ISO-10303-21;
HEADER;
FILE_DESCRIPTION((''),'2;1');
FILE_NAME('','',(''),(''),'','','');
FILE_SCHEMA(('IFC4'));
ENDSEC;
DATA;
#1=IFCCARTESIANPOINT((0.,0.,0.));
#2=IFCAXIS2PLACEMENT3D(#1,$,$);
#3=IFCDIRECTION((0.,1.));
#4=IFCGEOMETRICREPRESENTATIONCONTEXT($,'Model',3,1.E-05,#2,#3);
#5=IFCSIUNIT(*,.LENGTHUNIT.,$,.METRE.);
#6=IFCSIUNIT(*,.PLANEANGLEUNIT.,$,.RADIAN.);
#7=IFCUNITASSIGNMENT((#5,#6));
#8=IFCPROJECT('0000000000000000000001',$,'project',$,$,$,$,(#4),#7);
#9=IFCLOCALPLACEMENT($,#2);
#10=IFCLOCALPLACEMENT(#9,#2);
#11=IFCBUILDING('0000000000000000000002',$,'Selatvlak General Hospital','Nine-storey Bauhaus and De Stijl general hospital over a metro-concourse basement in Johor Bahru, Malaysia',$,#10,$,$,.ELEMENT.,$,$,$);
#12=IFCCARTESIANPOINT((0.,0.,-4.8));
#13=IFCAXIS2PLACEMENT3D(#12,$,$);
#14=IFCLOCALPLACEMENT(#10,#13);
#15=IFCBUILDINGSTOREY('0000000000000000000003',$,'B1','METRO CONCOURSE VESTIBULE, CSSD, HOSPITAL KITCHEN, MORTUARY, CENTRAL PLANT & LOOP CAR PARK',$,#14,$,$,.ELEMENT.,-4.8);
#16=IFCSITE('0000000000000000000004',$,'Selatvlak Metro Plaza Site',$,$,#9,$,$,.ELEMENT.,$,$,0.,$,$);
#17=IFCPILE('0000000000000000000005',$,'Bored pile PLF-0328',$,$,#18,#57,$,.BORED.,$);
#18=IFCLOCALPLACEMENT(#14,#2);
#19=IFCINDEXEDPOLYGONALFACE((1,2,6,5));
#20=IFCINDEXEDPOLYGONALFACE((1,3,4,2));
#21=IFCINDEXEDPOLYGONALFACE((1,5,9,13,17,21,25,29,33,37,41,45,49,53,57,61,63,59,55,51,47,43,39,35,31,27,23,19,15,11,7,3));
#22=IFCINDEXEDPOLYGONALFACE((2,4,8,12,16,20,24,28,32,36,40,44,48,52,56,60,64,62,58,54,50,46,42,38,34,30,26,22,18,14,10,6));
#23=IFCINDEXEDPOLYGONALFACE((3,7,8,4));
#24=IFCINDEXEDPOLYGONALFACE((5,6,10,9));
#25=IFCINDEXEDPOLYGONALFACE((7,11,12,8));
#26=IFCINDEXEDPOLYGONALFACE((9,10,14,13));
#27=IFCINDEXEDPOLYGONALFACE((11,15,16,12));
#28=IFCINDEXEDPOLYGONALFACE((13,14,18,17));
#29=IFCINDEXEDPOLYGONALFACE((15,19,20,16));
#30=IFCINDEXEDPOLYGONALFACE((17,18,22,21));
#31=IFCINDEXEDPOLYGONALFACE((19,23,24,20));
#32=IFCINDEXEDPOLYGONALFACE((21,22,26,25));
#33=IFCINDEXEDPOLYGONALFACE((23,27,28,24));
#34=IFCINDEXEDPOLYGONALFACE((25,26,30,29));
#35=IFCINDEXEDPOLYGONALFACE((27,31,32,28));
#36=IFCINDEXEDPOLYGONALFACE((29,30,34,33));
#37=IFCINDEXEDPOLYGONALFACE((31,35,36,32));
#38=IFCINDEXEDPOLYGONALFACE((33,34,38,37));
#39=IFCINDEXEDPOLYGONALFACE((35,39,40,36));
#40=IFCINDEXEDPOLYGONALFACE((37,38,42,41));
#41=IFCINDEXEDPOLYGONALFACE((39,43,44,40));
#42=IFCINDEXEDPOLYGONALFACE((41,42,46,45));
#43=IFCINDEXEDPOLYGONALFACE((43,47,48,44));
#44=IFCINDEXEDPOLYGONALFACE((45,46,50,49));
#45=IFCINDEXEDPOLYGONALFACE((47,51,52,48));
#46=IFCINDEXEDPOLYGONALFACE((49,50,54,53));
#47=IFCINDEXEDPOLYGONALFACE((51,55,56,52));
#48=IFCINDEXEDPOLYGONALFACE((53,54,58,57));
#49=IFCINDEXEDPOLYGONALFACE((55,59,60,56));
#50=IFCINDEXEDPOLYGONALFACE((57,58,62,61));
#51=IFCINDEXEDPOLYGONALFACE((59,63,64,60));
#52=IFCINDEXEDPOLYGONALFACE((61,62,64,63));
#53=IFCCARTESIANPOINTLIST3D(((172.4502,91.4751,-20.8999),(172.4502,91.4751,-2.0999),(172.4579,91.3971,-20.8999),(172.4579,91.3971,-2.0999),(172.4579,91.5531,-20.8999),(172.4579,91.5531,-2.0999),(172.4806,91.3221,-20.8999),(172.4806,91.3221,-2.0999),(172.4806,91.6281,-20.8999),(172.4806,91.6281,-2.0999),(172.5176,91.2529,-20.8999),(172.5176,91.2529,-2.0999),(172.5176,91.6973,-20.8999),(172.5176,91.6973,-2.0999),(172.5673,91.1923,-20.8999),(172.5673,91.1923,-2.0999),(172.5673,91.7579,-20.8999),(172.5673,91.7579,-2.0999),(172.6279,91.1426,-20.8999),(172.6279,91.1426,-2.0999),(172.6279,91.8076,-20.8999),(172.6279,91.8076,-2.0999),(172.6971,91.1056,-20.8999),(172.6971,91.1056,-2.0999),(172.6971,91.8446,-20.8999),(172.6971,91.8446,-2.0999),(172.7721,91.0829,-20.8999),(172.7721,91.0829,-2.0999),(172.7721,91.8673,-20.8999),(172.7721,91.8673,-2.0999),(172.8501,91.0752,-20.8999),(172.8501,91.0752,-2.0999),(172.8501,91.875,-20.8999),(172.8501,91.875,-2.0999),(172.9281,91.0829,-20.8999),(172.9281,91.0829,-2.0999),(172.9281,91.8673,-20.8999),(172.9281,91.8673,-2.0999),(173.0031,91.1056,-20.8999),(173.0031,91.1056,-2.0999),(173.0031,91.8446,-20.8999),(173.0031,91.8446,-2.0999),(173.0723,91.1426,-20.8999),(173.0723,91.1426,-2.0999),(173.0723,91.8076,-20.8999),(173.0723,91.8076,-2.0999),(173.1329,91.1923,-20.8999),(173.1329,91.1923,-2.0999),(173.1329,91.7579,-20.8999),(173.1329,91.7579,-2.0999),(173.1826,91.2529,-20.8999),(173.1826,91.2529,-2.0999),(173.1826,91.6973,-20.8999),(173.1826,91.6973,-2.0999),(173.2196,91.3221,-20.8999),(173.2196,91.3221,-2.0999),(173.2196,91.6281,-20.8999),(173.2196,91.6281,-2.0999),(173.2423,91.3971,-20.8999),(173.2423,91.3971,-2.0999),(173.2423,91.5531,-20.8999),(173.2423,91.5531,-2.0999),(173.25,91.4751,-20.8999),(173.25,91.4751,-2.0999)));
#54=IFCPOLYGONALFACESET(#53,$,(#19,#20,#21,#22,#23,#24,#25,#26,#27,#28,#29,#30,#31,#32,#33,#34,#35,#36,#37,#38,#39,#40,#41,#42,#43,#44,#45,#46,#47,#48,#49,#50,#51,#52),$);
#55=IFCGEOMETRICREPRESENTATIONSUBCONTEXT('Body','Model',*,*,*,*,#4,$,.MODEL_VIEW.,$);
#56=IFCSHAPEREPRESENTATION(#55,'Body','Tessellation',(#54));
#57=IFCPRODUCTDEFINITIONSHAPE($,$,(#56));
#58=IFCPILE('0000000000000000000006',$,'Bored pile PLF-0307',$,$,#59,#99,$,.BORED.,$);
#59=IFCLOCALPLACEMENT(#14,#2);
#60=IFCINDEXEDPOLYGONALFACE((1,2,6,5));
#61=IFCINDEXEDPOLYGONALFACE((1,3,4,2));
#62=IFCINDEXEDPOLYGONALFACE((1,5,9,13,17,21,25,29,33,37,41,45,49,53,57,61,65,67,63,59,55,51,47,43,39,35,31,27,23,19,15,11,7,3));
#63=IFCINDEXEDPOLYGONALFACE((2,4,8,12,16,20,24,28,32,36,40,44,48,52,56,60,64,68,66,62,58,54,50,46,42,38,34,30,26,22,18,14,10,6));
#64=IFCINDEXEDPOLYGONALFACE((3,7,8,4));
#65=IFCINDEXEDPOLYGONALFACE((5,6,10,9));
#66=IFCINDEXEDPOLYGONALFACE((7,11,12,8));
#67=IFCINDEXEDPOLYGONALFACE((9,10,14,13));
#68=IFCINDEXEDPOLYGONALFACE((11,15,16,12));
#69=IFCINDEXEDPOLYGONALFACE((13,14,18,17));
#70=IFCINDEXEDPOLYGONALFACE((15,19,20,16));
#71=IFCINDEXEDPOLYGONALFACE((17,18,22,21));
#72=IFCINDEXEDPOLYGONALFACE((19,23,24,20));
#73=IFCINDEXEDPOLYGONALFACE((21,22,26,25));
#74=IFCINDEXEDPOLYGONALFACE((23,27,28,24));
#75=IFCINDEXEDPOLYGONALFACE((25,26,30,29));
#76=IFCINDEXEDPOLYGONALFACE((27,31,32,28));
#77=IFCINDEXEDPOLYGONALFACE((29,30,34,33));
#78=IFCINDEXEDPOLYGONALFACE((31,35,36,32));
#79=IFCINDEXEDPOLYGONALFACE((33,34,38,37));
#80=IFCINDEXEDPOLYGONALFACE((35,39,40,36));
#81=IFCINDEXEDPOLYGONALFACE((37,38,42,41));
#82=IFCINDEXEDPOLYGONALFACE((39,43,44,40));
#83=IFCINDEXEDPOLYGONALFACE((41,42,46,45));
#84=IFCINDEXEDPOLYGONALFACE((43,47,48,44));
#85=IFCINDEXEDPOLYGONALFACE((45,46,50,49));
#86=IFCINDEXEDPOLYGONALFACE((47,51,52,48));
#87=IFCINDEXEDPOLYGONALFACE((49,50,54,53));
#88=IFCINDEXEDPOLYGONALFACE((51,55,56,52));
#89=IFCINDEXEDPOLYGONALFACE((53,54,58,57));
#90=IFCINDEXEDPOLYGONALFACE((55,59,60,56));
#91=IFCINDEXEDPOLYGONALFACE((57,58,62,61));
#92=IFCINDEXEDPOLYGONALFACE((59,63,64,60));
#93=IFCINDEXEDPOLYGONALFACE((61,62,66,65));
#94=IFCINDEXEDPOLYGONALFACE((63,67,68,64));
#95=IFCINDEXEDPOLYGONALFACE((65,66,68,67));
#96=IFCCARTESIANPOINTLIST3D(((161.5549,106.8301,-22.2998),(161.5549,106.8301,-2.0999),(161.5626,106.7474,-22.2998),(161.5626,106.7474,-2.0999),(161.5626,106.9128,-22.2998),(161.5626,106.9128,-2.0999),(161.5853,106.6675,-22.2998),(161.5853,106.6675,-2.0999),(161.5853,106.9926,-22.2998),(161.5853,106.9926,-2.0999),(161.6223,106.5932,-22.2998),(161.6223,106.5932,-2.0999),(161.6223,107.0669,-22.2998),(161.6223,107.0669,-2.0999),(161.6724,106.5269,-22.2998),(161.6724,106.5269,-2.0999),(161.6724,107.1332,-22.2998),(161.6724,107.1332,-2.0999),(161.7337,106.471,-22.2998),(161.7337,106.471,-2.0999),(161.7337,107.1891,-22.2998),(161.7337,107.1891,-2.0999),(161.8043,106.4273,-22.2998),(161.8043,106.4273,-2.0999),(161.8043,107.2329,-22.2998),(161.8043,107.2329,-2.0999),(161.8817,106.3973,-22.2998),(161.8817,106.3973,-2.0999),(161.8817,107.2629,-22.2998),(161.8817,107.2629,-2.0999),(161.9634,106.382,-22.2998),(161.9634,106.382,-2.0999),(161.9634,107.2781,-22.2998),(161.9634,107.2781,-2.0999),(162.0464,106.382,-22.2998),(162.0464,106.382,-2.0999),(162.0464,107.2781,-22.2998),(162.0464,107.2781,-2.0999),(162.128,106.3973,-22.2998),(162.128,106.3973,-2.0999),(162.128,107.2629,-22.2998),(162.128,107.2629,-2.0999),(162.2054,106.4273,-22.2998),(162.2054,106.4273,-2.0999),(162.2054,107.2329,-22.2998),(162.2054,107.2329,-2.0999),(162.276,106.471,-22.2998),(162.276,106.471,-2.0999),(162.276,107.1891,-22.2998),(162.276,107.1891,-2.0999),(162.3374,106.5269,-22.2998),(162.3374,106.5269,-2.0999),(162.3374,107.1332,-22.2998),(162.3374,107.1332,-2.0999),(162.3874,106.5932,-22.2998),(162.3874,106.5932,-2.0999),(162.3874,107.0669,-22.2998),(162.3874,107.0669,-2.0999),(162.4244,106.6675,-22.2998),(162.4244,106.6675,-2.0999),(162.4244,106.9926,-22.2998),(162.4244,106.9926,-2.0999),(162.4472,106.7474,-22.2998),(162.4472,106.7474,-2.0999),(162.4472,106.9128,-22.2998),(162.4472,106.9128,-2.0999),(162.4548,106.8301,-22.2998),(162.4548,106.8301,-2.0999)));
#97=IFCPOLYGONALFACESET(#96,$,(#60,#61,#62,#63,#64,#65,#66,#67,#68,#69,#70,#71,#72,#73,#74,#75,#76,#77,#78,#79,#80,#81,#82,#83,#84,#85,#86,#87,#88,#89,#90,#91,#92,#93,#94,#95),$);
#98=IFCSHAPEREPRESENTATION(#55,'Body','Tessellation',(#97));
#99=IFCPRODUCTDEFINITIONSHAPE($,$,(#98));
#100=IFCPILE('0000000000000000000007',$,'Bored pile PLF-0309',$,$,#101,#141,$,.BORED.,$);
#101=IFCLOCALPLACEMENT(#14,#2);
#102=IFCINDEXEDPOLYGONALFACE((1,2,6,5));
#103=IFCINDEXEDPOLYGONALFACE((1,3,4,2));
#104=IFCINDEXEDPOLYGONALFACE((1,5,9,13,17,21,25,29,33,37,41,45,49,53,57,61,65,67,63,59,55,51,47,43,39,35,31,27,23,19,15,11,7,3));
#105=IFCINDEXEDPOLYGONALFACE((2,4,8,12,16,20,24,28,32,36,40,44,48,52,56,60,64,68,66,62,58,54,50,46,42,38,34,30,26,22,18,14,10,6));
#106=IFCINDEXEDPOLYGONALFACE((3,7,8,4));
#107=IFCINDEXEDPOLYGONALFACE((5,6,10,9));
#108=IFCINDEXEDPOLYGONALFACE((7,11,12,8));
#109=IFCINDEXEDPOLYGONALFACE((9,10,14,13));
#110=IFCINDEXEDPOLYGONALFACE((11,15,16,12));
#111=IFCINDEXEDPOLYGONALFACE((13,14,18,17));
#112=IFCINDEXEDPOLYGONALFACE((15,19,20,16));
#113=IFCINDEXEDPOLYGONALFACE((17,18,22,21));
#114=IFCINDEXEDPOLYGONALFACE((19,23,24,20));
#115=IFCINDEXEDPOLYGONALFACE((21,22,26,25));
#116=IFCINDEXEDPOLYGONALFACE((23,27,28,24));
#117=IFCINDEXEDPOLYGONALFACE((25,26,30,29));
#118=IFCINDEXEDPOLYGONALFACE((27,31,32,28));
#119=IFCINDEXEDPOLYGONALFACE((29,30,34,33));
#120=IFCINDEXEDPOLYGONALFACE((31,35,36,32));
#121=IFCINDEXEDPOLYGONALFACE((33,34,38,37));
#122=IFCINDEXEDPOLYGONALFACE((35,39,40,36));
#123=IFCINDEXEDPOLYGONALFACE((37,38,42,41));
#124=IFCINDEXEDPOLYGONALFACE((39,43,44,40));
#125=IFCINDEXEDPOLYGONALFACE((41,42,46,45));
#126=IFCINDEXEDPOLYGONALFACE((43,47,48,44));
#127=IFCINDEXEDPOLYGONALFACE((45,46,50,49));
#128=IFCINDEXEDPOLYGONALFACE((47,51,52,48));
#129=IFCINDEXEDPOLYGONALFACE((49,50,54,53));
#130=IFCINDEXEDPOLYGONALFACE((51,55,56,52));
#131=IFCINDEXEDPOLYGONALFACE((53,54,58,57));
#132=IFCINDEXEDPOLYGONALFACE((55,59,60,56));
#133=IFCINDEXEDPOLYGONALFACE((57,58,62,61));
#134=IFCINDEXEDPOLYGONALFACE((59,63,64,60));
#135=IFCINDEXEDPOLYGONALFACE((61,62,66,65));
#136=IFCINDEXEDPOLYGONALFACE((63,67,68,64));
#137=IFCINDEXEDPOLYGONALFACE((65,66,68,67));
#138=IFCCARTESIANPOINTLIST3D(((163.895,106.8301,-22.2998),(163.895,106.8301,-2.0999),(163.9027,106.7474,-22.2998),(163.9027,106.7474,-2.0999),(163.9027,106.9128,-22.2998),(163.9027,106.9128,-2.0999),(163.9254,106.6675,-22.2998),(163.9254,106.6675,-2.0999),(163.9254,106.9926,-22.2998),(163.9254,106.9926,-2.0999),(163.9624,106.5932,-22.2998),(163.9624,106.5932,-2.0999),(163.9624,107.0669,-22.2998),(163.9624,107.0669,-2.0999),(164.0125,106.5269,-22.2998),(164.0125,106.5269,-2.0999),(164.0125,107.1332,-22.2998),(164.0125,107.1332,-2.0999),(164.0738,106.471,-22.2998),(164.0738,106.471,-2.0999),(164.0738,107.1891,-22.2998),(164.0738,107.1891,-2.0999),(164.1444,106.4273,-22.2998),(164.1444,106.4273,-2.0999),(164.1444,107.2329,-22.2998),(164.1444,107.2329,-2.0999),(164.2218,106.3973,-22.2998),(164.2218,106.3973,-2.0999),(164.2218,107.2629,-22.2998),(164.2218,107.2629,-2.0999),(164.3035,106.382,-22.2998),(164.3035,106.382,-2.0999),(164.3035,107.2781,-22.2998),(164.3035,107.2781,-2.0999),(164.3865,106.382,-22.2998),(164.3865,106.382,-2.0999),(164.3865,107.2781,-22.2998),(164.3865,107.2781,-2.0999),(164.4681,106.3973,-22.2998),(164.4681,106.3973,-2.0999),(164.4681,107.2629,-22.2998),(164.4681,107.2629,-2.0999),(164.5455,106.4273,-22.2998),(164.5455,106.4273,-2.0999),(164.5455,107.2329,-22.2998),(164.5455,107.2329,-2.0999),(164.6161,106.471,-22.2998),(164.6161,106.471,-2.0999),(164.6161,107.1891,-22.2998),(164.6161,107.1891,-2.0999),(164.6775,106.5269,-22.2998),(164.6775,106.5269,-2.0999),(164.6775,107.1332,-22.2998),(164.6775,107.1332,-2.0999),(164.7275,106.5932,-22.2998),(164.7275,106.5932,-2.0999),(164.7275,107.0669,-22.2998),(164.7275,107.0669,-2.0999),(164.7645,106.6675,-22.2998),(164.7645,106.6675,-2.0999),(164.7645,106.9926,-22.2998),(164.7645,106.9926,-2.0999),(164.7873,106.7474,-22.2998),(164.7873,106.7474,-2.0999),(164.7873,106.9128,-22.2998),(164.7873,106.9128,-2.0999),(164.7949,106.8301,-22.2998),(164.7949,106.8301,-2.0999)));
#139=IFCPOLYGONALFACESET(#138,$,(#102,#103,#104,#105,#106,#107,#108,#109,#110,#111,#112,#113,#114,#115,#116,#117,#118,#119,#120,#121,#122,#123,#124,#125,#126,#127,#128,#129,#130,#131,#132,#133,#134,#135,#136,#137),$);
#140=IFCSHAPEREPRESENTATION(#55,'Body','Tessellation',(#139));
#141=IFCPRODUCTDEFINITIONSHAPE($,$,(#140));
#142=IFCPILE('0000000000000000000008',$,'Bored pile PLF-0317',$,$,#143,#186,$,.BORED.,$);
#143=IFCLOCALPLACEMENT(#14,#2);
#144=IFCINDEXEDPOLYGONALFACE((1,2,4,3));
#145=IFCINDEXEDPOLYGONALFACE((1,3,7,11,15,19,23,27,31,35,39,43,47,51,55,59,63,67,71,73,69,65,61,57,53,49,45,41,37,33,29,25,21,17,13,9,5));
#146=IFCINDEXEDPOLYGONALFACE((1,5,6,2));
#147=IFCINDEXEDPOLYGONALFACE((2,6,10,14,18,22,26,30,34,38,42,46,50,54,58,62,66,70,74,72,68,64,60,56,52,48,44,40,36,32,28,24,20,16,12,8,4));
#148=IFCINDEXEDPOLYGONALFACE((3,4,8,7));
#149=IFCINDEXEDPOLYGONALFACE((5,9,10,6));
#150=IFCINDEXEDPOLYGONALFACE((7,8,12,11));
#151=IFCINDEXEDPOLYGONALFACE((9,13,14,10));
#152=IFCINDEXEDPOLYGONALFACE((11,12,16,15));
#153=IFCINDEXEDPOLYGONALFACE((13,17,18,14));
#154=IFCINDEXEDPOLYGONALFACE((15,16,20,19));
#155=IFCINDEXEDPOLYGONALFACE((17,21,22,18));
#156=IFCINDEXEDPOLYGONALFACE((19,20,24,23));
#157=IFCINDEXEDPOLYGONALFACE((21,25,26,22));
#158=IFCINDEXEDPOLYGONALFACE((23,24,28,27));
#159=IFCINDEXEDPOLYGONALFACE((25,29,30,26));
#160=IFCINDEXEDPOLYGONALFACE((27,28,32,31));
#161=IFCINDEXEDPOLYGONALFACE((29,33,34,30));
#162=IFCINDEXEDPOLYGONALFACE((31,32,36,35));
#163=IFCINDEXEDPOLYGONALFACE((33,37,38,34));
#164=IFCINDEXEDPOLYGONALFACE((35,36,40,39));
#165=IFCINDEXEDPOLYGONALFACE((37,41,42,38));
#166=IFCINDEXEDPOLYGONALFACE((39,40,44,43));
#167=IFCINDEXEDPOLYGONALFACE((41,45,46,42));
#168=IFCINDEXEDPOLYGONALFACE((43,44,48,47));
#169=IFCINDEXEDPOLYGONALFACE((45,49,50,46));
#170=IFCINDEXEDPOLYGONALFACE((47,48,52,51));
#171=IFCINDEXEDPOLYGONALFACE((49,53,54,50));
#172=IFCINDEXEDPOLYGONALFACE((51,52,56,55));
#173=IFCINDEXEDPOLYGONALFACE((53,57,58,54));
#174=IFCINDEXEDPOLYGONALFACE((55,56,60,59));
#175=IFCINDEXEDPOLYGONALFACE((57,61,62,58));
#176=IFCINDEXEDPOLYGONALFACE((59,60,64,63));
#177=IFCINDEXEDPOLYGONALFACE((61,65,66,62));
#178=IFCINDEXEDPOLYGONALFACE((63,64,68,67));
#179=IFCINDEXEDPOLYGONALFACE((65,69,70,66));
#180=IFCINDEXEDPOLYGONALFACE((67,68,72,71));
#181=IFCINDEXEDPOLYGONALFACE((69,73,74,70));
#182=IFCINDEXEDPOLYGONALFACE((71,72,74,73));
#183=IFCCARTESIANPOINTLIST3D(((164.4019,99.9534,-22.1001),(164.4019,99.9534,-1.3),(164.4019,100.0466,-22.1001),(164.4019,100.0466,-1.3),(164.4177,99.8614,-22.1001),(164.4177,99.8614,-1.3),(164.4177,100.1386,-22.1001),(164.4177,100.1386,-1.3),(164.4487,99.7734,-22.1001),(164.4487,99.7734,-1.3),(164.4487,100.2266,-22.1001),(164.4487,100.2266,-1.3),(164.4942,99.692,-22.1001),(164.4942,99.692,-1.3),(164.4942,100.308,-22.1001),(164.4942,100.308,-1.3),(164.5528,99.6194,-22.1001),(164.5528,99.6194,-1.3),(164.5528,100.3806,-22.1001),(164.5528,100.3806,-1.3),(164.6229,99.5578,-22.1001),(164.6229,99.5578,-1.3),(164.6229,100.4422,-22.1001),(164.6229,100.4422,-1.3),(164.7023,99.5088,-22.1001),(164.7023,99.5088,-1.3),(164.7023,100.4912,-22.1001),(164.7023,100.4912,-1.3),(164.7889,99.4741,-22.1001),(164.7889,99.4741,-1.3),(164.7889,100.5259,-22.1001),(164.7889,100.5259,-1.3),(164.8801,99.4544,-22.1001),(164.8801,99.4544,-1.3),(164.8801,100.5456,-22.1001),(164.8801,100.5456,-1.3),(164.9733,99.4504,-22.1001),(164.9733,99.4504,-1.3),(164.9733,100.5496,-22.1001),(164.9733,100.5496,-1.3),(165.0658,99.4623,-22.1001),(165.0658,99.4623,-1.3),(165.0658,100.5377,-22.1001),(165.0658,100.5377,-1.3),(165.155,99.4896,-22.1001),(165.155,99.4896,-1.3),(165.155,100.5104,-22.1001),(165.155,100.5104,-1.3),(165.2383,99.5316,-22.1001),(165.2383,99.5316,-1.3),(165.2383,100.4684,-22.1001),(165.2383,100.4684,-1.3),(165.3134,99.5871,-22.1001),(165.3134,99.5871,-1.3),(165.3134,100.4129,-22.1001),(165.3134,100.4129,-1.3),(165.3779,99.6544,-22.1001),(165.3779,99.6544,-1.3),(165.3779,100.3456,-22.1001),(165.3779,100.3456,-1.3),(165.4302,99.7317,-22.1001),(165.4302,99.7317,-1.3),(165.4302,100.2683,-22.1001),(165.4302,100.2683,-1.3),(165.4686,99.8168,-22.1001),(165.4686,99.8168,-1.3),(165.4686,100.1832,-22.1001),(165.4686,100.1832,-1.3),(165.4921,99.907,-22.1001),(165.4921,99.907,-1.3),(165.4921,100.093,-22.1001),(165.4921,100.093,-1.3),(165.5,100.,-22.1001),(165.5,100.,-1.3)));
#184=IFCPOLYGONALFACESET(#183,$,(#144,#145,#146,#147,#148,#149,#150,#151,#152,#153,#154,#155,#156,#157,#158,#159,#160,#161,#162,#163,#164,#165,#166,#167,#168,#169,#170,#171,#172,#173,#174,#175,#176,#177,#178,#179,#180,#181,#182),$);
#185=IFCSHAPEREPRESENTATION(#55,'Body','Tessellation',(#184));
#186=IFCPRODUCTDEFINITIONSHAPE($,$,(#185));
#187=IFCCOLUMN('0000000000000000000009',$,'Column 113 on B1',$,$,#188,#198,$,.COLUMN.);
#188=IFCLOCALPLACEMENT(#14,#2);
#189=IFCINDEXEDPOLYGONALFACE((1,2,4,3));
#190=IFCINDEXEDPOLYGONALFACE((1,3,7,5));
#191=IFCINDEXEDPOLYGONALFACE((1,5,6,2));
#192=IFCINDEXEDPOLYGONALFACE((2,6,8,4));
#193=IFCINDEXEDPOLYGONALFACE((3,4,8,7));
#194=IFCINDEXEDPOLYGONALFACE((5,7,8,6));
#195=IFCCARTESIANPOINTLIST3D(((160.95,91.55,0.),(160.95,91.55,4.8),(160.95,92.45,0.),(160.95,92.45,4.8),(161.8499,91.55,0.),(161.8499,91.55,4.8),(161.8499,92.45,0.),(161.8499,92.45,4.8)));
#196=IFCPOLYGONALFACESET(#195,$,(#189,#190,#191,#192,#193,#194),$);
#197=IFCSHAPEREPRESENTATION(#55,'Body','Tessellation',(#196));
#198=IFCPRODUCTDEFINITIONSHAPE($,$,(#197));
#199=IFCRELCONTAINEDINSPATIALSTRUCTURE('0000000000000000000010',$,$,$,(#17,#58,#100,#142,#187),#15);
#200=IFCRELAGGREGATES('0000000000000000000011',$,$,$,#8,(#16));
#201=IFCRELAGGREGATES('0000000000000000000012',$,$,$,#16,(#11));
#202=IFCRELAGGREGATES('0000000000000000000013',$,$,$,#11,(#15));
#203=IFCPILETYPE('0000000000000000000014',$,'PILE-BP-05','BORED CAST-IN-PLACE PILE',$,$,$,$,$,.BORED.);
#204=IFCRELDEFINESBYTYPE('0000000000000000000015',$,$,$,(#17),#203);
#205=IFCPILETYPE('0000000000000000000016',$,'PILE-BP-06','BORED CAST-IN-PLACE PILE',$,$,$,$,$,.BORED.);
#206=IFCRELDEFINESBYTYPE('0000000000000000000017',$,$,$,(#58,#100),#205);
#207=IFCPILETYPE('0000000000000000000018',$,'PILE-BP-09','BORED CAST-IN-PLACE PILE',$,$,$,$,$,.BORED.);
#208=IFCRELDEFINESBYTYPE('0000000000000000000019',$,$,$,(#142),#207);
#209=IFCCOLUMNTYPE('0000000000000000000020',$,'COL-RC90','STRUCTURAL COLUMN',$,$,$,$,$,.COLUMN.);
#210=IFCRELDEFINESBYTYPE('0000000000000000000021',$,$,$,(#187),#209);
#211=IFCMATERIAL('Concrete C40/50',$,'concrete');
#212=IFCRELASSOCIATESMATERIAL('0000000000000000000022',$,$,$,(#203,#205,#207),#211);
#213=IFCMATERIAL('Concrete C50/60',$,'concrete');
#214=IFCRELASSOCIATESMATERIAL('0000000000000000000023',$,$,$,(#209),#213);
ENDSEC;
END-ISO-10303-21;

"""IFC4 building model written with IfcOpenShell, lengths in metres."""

from ifc_helpers import new_model, si_unit, direction, frame, origin, origin_2d, place, context, subcontext, project, spatial, rectangle, circle, extrude, material, material_profile, profile_set, type_object, element, save


model = new_model("IFC4")

# Units and contexts
model_context = context("Model", 3, precision=1e-05, world=origin(), true_north=direction((0.0, 1.0)))
body_context = subcontext(model_context, "Body", "Model", "MODEL_VIEW")
ifc_project = project(units=[si_unit("LENGTHUNIT", "METRE"), si_unit("PLANEANGLEUNIT", "RADIAN")], contexts=[model_context])

# Site, building, storey
site_placement = place(None, origin())
site = spatial("IfcSite", under=ifc_project, at=site_placement, Name="Selatvlak Metro Plaza Site", CompositionType="ELEMENT", RefElevation=0.0)
building_placement = place(site_placement, origin())
building = spatial("IfcBuilding", under=site, at=building_placement, Name="Selatvlak General Hospital", Description="Nine-storey Bauhaus and De Stijl general hospital over a metro-concourse basement in Johor Bahru, Malaysia", CompositionType="ELEMENT")
storey_placement = place(building_placement, frame((0.0, 0.0, -4.8)))
storey = spatial("IfcBuildingStorey", under=building, at=storey_placement, Name="B1", Description="METRO CONCOURSE VESTIBULE, CSSD, HOSPITAL KITCHEN, MORTUARY, CENTRAL PLANT & LOOP CAR PARK", CompositionType="ELEMENT", Elevation=-4.8)

# Shared definitions
ifc_material_1 = material(Name="Concrete C40/50", Category="concrete")

# Piles
ifc_material_profile_1 = material_profile(ifc_material_1, circle(Radius=0.3999, at=origin_2d()), Name="BORED PILE 800")
ifc_profile_set_1 = profile_set([ifc_material_profile_1], Name="Concrete C40/50")
pile_type_1 = type_object("IfcPileType", Name="PILE-BP-05", Description="BORED CAST-IN-PLACE PILE", PredefinedType="BORED", material=ifc_profile_set_1)
for number, where, z_axis, x_axis, name in (
    (1, (172.8501, 91.4751, -2.0999), (0.0, 0.0, -1.0), (1.0, 0.0, 0.0), "Bored pile PLF-0328"),
):
    element("IfcPile", number, at=place(storey_placement, frame(where, z_axis=z_axis, x_axis=x_axis)), inside=storey, type_object=pile_type_1, Name=name, PredefinedType="BORED", context=body_context, shape_type="SweptSolid", body=[
        extrude(circle(Radius=0.3999, at=origin_2d()), origin(), (0.0, 0.0, 1.0), 18.8),
    ])
ifc_material_profile_2 = material_profile(ifc_material_1, circle(Radius=0.45, at=origin_2d()), Name="BORED PILE 900")
ifc_profile_set_2 = profile_set([ifc_material_profile_2], Name="Concrete C40/50")
pile_type_2 = type_object("IfcPileType", Name="PILE-BP-06", Description="BORED CAST-IN-PLACE PILE", PredefinedType="BORED", material=ifc_profile_set_2)
for number, where, z_axis, x_axis, name in (
    (2, (162.0049, 106.8301, -2.0999), (0.0, 0.0, -1.0), (1.0, 0.0, 0.0), "Bored pile PLF-0307"),
    (3, (164.345, 106.8301, -2.0999), (0.0, 0.0, -1.0), (1.0, 0.0, 0.0), "Bored pile PLF-0309"),
):
    element("IfcPile", number, at=place(storey_placement, frame(where, z_axis=z_axis, x_axis=x_axis)), inside=storey, type_object=pile_type_2, Name=name, PredefinedType="BORED", context=body_context, shape_type="SweptSolid", body=[
        extrude(circle(Radius=0.45, at=origin_2d()), origin(), (0.0, 0.0, 1.0), 20.2),
    ])
ifc_material_profile_3 = material_profile(ifc_material_1, circle(Radius=0.55, at=origin_2d()), Name="BORED PILE 1100")
ifc_profile_set_3 = profile_set([ifc_material_profile_3], Name="Concrete C40/50")
pile_type_3 = type_object("IfcPileType", Name="PILE-BP-09", Description="BORED CAST-IN-PLACE PILE", PredefinedType="BORED", material=ifc_profile_set_3)
pile_1_placement = place(storey_placement, frame((164.95, 100.0, -1.3), z_axis=(0.0, 0.0, -1.0), x_axis=(1.0, 0.0, 0.0)))
element("IfcPile", 4, at=pile_1_placement, inside=storey, type_object=pile_type_3, Name="Bored pile PLF-0317", PredefinedType="BORED", context=body_context, shape_type="SweptSolid", body=[
    extrude(circle(Radius=0.55, at=origin_2d()), origin(), (0.0, 0.0, 1.0), 20.8),
])

# Column
ifc_material_2 = material(Name="Concrete C50/60", Category="concrete")
ifc_material_profile_4 = material_profile(ifc_material_2, rectangle(XDim=0.8999, YDim=0.8999, at=origin_2d()), Name="RC-COL 900x900")
ifc_profile_set_4 = profile_set([ifc_material_profile_4], Name="Concrete C50/60")
column_type = type_object("IfcColumnType", Name="COL-RC90", Description="STRUCTURAL COLUMN", PredefinedType="COLUMN", material=ifc_profile_set_4)
for number, where, z_axis, x_axis, name in (
    (5, (161.3999, 92.0, 0.0), (0.0, 0.0, 1.0), (1.0, 0.0, 0.0), "Column 113 on B1"),
):
    element("IfcColumn", number, at=place(storey_placement, frame(where, z_axis=z_axis, x_axis=x_axis)), inside=storey, type_object=column_type, Name=name, PredefinedType="COLUMN", context=body_context, shape_type="SweptSolid", body=[
        extrude(rectangle(XDim=0.8999, YDim=0.8999, at=origin_2d()), origin(), (0.0, 0.0, 1.0), 4.8),
    ])

save(model, "model.ifc")
